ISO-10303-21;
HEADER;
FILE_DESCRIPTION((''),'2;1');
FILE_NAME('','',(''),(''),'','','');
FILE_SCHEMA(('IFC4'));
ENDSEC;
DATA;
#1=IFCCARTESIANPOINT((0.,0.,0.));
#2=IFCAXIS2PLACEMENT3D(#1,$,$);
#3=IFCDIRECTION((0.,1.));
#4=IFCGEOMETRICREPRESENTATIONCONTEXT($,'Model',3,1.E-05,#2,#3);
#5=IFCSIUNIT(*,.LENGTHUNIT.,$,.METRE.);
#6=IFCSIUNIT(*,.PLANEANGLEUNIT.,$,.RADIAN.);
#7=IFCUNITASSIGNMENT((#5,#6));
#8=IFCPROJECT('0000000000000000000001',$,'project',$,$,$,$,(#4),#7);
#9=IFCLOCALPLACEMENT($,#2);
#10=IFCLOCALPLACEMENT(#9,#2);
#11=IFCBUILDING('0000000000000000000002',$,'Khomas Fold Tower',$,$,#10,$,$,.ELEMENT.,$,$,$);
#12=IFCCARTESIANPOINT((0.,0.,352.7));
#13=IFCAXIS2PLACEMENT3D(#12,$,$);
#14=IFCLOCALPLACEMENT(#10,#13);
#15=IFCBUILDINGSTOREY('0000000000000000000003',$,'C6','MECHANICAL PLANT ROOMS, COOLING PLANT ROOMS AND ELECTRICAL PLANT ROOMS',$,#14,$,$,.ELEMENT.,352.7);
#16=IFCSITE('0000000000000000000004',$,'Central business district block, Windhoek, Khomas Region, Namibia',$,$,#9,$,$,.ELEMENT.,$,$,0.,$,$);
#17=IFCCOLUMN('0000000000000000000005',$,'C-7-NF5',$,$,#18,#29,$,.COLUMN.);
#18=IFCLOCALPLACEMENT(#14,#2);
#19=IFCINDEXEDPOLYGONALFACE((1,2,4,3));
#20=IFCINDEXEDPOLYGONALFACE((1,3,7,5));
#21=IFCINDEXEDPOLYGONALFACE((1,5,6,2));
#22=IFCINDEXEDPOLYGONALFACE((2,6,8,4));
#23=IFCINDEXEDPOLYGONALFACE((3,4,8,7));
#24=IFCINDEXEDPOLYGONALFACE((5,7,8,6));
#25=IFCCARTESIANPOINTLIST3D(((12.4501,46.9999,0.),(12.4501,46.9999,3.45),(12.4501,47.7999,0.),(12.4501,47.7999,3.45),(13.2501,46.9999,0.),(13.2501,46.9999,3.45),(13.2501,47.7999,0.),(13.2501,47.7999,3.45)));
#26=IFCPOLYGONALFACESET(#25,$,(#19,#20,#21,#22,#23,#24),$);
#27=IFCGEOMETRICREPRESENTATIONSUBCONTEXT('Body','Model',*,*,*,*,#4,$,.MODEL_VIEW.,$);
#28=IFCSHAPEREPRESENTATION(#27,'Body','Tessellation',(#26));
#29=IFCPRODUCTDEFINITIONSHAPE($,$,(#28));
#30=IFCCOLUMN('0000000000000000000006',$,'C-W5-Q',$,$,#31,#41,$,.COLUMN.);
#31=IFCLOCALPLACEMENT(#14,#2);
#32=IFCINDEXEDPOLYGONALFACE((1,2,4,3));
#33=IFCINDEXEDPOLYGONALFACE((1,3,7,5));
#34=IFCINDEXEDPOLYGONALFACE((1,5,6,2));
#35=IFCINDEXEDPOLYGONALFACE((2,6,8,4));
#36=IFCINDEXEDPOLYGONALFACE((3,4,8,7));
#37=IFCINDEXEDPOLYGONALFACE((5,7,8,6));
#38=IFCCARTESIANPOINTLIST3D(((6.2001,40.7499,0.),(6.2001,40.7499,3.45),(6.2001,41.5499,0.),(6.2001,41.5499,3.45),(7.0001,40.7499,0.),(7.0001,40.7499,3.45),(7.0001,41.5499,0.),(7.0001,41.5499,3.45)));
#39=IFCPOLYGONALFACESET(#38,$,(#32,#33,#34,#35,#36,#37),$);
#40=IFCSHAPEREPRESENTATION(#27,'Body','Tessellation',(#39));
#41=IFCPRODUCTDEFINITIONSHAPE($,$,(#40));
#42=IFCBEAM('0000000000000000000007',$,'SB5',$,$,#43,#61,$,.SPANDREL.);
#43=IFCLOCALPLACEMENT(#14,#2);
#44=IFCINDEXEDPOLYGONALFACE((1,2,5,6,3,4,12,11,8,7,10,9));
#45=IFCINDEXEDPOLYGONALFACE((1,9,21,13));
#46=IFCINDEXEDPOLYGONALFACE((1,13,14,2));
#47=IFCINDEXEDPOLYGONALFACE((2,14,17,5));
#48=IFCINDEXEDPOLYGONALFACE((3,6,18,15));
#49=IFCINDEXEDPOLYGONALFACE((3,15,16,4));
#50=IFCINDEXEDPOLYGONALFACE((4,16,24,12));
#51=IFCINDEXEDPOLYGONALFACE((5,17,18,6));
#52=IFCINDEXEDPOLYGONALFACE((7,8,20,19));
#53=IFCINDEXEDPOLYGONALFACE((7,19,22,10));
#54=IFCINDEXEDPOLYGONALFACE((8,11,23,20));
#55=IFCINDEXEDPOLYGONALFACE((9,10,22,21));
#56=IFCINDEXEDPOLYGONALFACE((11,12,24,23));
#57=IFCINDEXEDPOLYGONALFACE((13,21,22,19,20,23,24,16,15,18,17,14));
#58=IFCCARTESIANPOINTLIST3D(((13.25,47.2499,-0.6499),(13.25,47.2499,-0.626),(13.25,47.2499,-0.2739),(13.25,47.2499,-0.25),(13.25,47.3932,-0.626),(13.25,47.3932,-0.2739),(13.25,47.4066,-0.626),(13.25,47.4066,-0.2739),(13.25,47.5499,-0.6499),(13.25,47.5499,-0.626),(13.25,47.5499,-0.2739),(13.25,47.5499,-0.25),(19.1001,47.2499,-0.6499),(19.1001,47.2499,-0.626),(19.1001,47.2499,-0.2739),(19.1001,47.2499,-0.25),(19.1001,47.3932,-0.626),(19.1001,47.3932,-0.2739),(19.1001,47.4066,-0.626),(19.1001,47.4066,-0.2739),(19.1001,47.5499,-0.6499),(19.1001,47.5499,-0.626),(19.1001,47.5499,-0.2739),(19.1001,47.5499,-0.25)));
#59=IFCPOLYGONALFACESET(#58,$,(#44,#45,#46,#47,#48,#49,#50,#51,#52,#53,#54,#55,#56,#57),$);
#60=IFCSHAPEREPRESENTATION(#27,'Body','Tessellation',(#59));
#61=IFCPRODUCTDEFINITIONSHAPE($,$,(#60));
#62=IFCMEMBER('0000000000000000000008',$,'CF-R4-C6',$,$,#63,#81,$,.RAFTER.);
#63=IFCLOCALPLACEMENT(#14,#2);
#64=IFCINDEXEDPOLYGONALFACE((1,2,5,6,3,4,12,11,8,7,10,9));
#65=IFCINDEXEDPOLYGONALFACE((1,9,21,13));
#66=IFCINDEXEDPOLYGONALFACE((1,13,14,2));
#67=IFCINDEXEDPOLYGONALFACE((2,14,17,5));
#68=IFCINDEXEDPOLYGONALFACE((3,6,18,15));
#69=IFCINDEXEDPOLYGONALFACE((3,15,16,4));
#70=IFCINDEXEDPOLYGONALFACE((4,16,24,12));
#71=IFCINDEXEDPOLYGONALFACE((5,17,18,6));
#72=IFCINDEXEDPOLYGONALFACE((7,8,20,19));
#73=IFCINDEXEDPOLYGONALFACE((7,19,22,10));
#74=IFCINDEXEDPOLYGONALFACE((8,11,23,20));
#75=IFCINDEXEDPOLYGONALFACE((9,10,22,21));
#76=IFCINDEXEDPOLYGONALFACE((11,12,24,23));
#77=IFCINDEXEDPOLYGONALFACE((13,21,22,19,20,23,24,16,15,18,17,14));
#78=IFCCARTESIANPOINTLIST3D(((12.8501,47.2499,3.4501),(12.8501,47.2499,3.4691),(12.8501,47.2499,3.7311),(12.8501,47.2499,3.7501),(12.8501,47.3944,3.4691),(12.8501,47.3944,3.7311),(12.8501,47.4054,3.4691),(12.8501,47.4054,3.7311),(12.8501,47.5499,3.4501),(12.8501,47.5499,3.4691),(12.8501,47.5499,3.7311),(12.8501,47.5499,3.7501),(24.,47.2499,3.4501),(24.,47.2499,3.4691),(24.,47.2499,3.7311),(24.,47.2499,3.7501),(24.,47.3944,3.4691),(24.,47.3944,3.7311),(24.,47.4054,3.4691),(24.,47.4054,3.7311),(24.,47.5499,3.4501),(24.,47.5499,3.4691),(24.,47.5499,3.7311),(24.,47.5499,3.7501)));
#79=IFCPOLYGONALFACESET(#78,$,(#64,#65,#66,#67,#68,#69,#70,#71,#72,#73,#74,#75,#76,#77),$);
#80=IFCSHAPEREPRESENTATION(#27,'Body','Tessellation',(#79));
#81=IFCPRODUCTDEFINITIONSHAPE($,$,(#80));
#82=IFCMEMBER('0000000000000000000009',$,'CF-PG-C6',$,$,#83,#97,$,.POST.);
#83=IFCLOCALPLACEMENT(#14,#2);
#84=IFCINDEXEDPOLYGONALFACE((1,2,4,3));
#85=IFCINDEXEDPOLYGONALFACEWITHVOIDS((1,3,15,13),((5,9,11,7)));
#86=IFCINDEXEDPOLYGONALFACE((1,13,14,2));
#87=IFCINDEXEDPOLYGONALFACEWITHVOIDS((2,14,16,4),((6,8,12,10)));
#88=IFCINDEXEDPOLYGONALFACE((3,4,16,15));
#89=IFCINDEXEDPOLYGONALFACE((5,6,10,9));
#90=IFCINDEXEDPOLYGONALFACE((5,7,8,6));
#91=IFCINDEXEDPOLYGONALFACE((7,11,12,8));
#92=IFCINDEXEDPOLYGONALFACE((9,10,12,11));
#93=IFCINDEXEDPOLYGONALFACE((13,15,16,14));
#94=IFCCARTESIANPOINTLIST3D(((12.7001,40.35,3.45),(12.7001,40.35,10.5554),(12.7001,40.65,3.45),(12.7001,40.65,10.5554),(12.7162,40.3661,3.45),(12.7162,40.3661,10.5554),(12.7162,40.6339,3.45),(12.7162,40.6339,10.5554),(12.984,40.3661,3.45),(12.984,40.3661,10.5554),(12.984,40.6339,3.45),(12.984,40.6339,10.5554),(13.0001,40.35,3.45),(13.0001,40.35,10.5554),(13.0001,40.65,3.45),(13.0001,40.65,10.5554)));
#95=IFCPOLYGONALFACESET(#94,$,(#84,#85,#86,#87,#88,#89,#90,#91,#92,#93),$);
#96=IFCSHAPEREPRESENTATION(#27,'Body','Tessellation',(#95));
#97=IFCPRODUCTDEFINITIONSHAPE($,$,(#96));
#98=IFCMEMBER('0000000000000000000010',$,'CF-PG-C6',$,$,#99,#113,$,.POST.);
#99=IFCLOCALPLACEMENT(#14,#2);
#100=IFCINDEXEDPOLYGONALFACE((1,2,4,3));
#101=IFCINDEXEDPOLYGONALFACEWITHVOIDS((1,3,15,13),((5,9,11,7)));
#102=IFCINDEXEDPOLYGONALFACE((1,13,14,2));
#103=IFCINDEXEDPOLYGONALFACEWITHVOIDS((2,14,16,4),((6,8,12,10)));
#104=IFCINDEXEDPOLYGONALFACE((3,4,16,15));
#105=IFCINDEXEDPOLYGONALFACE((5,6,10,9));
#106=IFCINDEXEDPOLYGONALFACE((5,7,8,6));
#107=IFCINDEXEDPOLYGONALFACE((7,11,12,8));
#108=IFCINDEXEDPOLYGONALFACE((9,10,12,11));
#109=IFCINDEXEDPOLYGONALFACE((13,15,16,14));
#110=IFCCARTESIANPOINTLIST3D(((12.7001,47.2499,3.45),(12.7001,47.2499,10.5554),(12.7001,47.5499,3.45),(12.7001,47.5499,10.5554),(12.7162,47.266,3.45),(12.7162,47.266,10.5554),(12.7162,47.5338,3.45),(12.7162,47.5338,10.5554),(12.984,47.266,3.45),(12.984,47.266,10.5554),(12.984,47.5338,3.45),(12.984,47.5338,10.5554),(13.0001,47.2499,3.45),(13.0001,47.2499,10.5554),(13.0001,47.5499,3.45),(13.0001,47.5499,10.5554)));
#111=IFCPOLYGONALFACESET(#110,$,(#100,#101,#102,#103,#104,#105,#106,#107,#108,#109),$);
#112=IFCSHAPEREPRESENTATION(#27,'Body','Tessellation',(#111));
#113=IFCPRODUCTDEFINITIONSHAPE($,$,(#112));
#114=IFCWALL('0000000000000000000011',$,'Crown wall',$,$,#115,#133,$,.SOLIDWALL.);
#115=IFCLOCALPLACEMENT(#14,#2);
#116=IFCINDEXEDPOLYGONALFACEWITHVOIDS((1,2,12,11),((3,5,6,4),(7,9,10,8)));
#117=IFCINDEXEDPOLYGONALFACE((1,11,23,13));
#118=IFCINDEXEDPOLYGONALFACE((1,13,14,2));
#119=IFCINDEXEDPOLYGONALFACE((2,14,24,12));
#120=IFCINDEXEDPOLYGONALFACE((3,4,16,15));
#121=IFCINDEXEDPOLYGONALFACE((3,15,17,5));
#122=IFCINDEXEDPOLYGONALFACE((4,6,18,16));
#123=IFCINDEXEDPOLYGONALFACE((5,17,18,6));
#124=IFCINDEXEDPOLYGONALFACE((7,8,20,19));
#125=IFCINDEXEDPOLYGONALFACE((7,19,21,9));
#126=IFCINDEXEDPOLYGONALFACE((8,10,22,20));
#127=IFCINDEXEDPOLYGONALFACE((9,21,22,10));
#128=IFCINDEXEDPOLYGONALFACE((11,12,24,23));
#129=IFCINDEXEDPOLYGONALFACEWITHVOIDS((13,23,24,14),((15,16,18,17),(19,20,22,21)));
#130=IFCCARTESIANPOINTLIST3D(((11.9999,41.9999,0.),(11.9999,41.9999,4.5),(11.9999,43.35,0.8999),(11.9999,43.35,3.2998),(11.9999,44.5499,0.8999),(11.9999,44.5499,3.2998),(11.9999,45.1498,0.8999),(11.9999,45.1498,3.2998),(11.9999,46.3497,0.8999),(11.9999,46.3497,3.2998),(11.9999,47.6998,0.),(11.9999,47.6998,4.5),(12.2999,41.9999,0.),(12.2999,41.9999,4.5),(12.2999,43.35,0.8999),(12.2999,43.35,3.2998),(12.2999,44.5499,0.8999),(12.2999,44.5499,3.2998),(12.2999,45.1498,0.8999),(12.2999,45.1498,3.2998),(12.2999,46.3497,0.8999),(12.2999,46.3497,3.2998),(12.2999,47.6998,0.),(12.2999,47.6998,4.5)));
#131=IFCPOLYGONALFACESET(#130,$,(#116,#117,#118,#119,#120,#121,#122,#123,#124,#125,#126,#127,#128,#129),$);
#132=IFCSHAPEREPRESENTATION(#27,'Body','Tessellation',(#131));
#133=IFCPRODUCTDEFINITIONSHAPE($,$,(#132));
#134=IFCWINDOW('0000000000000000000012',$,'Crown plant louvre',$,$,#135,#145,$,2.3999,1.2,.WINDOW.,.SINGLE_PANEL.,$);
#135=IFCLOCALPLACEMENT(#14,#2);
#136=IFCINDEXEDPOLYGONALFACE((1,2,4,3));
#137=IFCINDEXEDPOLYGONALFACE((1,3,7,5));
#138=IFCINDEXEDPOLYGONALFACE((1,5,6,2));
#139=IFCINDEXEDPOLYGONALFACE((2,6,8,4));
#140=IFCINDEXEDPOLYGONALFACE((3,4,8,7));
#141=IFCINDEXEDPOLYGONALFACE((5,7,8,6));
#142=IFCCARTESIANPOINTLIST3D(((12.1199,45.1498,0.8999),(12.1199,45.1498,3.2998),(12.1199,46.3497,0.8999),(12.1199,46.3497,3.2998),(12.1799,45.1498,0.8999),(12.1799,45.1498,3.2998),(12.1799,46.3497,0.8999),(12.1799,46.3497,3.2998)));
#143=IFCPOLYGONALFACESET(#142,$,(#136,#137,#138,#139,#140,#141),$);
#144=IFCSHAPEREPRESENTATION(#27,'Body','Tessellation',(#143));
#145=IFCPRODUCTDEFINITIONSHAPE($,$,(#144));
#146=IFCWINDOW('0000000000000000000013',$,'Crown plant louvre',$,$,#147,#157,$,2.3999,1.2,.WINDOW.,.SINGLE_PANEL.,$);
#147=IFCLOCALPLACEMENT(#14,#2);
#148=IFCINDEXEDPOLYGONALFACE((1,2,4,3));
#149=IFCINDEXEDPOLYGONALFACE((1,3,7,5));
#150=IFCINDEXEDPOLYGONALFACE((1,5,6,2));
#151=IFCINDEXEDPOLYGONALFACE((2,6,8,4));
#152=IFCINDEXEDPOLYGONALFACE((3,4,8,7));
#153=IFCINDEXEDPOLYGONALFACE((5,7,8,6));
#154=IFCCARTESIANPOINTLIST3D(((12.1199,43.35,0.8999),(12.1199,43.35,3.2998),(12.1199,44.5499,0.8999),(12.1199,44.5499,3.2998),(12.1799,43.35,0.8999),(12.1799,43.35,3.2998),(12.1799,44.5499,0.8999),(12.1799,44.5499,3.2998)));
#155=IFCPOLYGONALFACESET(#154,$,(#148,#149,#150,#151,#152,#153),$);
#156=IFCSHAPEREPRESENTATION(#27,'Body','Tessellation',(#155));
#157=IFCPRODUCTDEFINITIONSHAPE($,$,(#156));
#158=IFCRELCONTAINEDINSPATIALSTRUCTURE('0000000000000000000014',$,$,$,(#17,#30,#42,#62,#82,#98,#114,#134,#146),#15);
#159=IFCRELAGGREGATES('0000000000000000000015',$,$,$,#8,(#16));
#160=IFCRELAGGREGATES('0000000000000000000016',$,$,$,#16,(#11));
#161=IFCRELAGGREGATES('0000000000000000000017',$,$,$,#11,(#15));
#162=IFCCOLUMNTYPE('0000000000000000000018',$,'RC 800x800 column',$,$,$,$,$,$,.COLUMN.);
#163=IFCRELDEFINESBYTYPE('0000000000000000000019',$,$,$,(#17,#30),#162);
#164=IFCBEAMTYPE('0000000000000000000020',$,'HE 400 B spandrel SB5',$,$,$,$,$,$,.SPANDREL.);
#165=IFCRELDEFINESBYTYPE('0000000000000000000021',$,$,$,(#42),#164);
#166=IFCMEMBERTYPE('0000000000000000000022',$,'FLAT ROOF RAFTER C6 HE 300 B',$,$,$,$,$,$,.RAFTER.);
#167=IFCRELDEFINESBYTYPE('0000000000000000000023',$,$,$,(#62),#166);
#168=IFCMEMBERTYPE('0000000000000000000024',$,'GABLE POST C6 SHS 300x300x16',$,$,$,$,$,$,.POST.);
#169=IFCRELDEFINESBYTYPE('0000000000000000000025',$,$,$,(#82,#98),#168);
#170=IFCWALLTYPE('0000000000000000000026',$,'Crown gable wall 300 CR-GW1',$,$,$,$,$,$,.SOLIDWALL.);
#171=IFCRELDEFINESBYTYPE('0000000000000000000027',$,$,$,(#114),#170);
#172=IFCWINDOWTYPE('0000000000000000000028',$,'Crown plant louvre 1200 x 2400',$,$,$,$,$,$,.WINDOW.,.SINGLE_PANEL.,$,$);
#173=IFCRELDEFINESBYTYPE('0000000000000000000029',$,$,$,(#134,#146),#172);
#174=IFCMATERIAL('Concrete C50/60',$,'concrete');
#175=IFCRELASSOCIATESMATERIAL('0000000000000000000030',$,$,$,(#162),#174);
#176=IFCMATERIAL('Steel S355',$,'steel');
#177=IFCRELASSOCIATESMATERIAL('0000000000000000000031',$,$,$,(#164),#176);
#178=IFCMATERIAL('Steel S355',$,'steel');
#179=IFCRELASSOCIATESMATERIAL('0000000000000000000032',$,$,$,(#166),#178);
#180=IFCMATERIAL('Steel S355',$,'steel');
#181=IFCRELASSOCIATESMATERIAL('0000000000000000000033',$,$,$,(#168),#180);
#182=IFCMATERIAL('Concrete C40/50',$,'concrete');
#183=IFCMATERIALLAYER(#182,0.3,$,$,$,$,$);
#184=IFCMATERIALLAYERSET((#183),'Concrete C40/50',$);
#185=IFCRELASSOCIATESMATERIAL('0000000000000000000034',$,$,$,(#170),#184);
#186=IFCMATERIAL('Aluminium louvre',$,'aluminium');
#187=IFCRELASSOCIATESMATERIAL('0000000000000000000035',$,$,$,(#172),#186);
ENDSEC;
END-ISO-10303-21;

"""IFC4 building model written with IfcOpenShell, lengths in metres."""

from ifc_helpers import new_model, si_unit, direction, frame, frame_2d, origin, origin_2d, place, context, subcontext, project, spatial, rectangle, hollow_rectangle, i_section, extrude, source, transform, mapped, material, layer, layer_set, material_profile, profile_set, type_object, element, fill, save


model = new_model("IFC4")

# Units and contexts
model_context = context("Model", 3, precision=1e-05, world=origin(), true_north=direction((0.0, 1.0)))
body_context = subcontext(model_context, "Body", "Model", "MODEL_VIEW")
ifc_project = project(units=[si_unit("LENGTHUNIT", "METRE"), si_unit("PLANEANGLEUNIT", "RADIAN")], contexts=[model_context])

# Site, building, storey
site_placement = place(None, origin())
site = spatial("IfcSite", under=ifc_project, at=site_placement, Name="Central business district block, Windhoek, Khomas Region, Namibia", CompositionType="ELEMENT", RefElevation=0.0)
building_placement = place(site_placement, origin())
building = spatial("IfcBuilding", under=site, at=building_placement, Name="Khomas Fold Tower", CompositionType="ELEMENT")
storey_placement = place(building_placement, frame((0.0, 0.0, 352.7)))
storey = spatial("IfcBuildingStorey", under=building, at=storey_placement, Name="C6", Description="MECHANICAL PLANT ROOMS, COOLING PLANT ROOMS AND ELECTRICAL PLANT ROOMS", CompositionType="ELEMENT", Elevation=352.7)

# Columns
ifc_material_1 = material(Name="Concrete C50/60", Category="concrete")
ifc_material_profile_1 = material_profile(ifc_material_1, rectangle(XDim=0.8, YDim=0.8, at=origin_2d()), Name="RC 800x800")
ifc_profile_set_1 = profile_set([ifc_material_profile_1], Name="Concrete C50/60")
column_type = type_object("IfcColumnType", Name="RC 800x800 column", PredefinedType="COLUMN", material=ifc_profile_set_1)
shared_shape_1 = source(origin(), body_context, "Body", "SweptSolid", [
    extrude(rectangle(XDim=0.8, YDim=0.8, at=origin_2d()), origin(), (0.0, 0.0, 1.0), 3.45),
])
for number, where, z_axis, x_axis, name in (
    (1, (12.8501, 47.3999, 0.0), (0.0, 0.0, 1.0), (1.0, 0.0, 0.0), "C-7-NF5"),
    (2, (6.6001, 41.1499, 0.0), (0.0, 0.0, 1.0), (1.0, 0.0, 0.0), "C-W5-Q"),
):
    element("IfcColumn", number, at=place(storey_placement, frame(where, z_axis=z_axis, x_axis=x_axis)), inside=storey, type_object=column_type, Name=name, PredefinedType="COLUMN", context=body_context, shape_type="MappedRepresentation", body=[
        mapped(shared_shape_1, transform((0.0, 0.0, 0.0))),
    ])

# Beam
ifc_material_2 = material(Name="Steel S355", Category="steel")
ifc_material_profile_2 = material_profile(ifc_material_2, i_section(OverallWidth=0.3, OverallDepth=0.3999, WebThickness=0.0134, FlangeThickness=0.0239, at=origin_2d()), Name="HE 400 B")
ifc_profile_set_2 = profile_set([ifc_material_profile_2], Name="Steel S355")
beam_type = type_object("IfcBeamType", Name="HE 400 B spandrel SB5", PredefinedType="SPANDREL", material=ifc_profile_set_2)
shared_shape_2 = source(origin(), body_context, "Body", "SweptSolid", [
    extrude(i_section(OverallWidth=0.3, OverallDepth=0.3999, WebThickness=0.0134, FlangeThickness=0.0239, at=origin_2d()), origin(), (0.0, 0.0, 1.0), 5.8501),
])
beam_placement = place(storey_placement, frame((13.25, 47.3999, -0.45), z_axis=(1.0, 0.0, 0.0), x_axis=(0.0, 1.0, 0.0)))
element("IfcBeam", 3, at=beam_placement, inside=storey, type_object=beam_type, Name="SB5", PredefinedType="SPANDREL", context=body_context, shape_type="MappedRepresentation", body=[
    mapped(shared_shape_2, transform((0.0, 0.0, 0.0))),
])

# Members
ifc_material_3 = material(Name="Steel S355", Category="steel")
ifc_material_profile_3 = material_profile(ifc_material_3, i_section(OverallWidth=0.3, OverallDepth=0.3, WebThickness=0.011, FlangeThickness=0.019, at=origin_2d()), Name="HE 300 B")
ifc_profile_set_3 = profile_set([ifc_material_profile_3], Name="Steel S355")
member_type_1 = type_object("IfcMemberType", Name="FLAT ROOF RAFTER C6 HE 300 B", PredefinedType="RAFTER", material=ifc_profile_set_3)
shared_shape_3 = source(origin(), body_context, "Body", "SweptSolid", [
    extrude(i_section(OverallWidth=0.3, OverallDepth=0.3, WebThickness=0.011, FlangeThickness=0.019, at=origin_2d()), origin(), (0.0, 0.0, 1.0), 11.1499),
])
member_placement = place(storey_placement, frame((12.8501, 47.3999, 3.6001), z_axis=(1.0, 0.0, 0.0), x_axis=(0.0, 1.0, 0.0)))
element("IfcMember", 4, at=member_placement, inside=storey, type_object=member_type_1, Name="CF-R4-C6", PredefinedType="RAFTER", context=body_context, shape_type="MappedRepresentation", body=[
    mapped(shared_shape_3, transform((0.0, 0.0, 0.0))),
])
ifc_material_4 = material(Name="Steel S355", Category="steel")
ifc_material_profile_4 = material_profile(ifc_material_4, hollow_rectangle(XDim=0.3, YDim=0.3, WallThickness=0.0161, at=origin_2d()), Name="SHS 300x300x16")
ifc_profile_set_4 = profile_set([ifc_material_profile_4], Name="Steel S355")
member_type_2 = type_object("IfcMemberType", Name="GABLE POST C6 SHS 300x300x16", PredefinedType="POST", material=ifc_profile_set_4)
shared_shape_4 = source(origin(), body_context, "Body", "SweptSolid", [
    extrude(hollow_rectangle(XDim=0.3, YDim=0.3, WallThickness=0.0161, at=origin_2d()), origin(), (0.0, 0.0, 1.0), 7.1055),
])
for number, where, z_axis, x_axis, name in (
    (5, (12.8501, 40.5, 3.45), (0.0, 0.0, 1.0), (1.0, 0.0, 0.0), "CF-PG-C6"),
    (6, (12.8501, 47.3999, 3.45), (0.0, 0.0, 1.0), (1.0, 0.0, 0.0), "CF-PG-C6"),
):
    element("IfcMember", number, at=place(storey_placement, frame(where, z_axis=z_axis, x_axis=x_axis)), inside=storey, type_object=member_type_2, Name=name, PredefinedType="POST", context=body_context, shape_type="MappedRepresentation", body=[
        mapped(shared_shape_4, transform((0.0, 0.0, 0.0))),
    ])

# Wall, openings, windows
ifc_material_5 = material(Name="Concrete C40/50", Category="concrete")
ifc_layer_1 = layer(ifc_material_5, 0.3)
ifc_layer_set_1 = layer_set([ifc_layer_1], Name="Concrete C40/50")
wall_type_1 = type_object("IfcWallType", Name="Crown gable wall 300 CR-GW1", PredefinedType="SOLIDWALL", material=ifc_layer_set_1)
shared_shape_5 = source(origin(), body_context, "Body", "SweptSolid", [
    extrude(rectangle(XDim=5.7, YDim=0.3, at=frame_2d((2.8501, 0.0))), origin(), (0.0, 0.0, 1.0), 4.5),
])
wall_1_placement = place(storey_placement, frame((12.1499, 47.7, 0.0), z_axis=(0.0, 0.0, 1.0), x_axis=(0.0, -1.0, 0.0)))
wall_1 = element("IfcWall", 7, at=wall_1_placement, inside=storey, type_object=wall_type_1, Name="Crown wall", PredefinedType="SOLIDWALL", context=body_context, shape_type="MappedRepresentation", body=[
    mapped(shared_shape_5, transform((0.0, 0.0, 0.0))),
])
shared_shape_6 = source(origin(), body_context, "Body", "SweptSolid", [
    extrude(rectangle(XDim=1.2, YDim=2.3999, at=frame_2d((0.6001, 1.2))), frame((0.0, 0.1599, 0.0), z_axis=(0.0, -1.0, 0.0), x_axis=(1.0, 0.0, 0.0)), (0.0, 0.0, 1.0), 0.3201),
])
opening_1_placement = place(wall_1_placement, frame((1.3501, 0.0, 0.8999)))
opening_1 = element("IfcOpeningElement", 8, at=opening_1_placement, cuts=wall_1, PredefinedType="OPENING", context=body_context, shape_type="MappedRepresentation", body=[
    mapped(shared_shape_6, transform((0.0, 0.0, 0.0))),
])
opening_2_placement = place(wall_1_placement, frame((3.1499, 0.0, 0.8999)))
opening_2 = element("IfcOpeningElement", 9, at=opening_2_placement, cuts=wall_1, PredefinedType="OPENING", context=body_context, shape_type="MappedRepresentation", body=[
    mapped(shared_shape_6, transform((0.0, 0.0, 0.0))),
])
ifc_material_6 = material(Name="Aluminium louvre", Category="aluminium")
window_type = type_object("IfcWindowType", Name="Crown plant louvre 1200 x 2400", PartitioningType="SINGLE_PANEL", PredefinedType="WINDOW", material=ifc_material_6)
shared_shape_7 = source(origin(), body_context, "Body", "SweptSolid", [
    extrude(rectangle(XDim=1.2, YDim=2.3999, at=frame_2d((0.6001, 1.2))), frame((0.0, 0.03, 0.0), z_axis=(0.0, -1.0, 0.0), x_axis=(1.0, 0.0, 0.0)), (0.0, 0.0, 1.0), 0.0601),
])
window_1_placement = place(opening_1_placement, origin())
window_1 = element("IfcWindow", 10, at=window_1_placement, inside=storey, type_object=window_type, Name="Crown plant louvre", OverallHeight=2.3999, OverallWidth=1.2, PartitioningType="SINGLE_PANEL", PredefinedType="WINDOW", context=body_context, shape_type="MappedRepresentation", body=[
    mapped(shared_shape_7, transform((0.0, 0.0, 0.0))),
])
fill(opening_1, window_1)
window_2_placement = place(opening_2_placement, origin())
window_2 = element("IfcWindow", 11, at=window_2_placement, inside=storey, type_object=window_type, Name="Crown plant louvre", OverallHeight=2.3999, OverallWidth=1.2, PartitioningType="SINGLE_PANEL", PredefinedType="WINDOW", context=body_context, shape_type="MappedRepresentation", body=[
    mapped(shared_shape_7, transform((0.0, 0.0, 0.0))),
])
fill(opening_2, window_2)

save(model, "model.ifc")
